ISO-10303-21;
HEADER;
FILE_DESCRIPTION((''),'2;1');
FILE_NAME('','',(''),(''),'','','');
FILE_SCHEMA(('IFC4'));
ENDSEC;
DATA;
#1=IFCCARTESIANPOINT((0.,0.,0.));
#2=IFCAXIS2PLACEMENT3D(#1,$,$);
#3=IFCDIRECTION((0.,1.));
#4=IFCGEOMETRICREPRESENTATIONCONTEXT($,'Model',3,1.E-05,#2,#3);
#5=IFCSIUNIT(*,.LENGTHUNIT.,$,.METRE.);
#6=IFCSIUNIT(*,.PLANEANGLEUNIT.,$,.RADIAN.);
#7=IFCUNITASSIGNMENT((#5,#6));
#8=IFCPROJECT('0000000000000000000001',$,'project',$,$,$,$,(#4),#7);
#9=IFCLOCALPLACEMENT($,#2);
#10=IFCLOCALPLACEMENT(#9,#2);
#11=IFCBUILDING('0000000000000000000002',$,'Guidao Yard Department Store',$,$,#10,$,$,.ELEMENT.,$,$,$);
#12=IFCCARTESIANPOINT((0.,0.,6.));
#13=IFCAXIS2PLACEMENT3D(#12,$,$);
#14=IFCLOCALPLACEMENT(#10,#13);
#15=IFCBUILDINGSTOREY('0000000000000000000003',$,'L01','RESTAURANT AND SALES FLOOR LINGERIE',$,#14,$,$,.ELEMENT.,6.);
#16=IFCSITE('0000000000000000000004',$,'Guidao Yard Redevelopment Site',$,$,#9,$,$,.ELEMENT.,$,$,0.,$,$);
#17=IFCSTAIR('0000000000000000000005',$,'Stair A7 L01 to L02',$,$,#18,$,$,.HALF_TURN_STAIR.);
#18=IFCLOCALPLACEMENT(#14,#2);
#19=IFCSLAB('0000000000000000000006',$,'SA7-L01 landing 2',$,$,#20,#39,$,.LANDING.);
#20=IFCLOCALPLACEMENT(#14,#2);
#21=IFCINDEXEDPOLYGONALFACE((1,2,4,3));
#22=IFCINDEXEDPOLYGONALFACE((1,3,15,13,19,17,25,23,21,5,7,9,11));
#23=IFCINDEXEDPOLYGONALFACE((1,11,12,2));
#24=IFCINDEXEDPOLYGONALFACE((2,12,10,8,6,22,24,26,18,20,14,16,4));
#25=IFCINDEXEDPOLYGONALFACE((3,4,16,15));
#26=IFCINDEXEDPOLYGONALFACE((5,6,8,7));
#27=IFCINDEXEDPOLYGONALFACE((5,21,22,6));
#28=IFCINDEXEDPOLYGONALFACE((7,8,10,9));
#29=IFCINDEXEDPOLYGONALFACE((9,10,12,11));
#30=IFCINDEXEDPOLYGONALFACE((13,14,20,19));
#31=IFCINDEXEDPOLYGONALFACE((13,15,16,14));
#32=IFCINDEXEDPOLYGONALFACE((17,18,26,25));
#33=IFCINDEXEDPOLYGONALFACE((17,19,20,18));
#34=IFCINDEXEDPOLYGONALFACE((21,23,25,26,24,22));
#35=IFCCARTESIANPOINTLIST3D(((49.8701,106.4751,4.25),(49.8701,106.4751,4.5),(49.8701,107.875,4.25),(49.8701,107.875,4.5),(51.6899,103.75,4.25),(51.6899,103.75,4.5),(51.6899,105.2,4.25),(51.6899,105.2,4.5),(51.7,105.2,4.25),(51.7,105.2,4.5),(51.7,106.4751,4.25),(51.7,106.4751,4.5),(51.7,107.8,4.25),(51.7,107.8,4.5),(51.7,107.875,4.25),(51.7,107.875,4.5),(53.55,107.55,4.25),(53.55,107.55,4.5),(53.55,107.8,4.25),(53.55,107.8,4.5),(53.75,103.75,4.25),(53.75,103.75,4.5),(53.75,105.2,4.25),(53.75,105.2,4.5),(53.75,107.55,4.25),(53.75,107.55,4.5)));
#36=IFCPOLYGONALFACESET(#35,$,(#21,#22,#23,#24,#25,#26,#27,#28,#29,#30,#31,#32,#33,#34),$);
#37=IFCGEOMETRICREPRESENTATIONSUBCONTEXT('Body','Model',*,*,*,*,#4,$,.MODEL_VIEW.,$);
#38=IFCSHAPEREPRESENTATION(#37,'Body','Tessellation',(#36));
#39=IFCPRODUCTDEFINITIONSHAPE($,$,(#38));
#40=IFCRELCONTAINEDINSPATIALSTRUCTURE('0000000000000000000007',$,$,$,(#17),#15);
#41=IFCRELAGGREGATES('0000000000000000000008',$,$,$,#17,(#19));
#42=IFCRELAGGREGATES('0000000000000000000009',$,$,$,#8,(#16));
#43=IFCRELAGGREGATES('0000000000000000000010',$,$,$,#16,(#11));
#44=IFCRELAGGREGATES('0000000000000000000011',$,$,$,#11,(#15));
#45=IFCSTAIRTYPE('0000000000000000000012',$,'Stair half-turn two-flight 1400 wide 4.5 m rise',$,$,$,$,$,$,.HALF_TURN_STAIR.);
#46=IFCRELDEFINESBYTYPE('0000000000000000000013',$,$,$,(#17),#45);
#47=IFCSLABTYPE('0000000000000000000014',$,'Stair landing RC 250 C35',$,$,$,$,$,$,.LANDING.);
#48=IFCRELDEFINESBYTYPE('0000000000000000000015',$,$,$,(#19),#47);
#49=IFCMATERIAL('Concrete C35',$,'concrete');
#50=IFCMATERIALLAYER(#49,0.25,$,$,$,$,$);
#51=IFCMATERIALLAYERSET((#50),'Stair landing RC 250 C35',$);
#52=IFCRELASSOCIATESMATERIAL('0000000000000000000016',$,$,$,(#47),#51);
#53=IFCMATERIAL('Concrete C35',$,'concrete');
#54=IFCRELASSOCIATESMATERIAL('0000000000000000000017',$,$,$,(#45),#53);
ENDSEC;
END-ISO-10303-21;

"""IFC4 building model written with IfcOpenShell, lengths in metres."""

from ifc_helpers import new_model, si_unit, direction, frame, origin, place, context, subcontext, project, spatial, polyline, outline, extrude, material, layer, layer_set, type_object, element, aggregate, save


model = new_model("IFC4")

# Units and contexts
model_context = context("Model", 3, precision=1e-05, world=origin(), true_north=direction((0.0, 1.0)))
body_context = subcontext(model_context, "Body", "Model", "MODEL_VIEW")
ifc_project = project(units=[si_unit("LENGTHUNIT", "METRE"), si_unit("PLANEANGLEUNIT", "RADIAN")], contexts=[model_context])

# Site, building, storey
site_placement = place(None, origin())
site = spatial("IfcSite", under=ifc_project, at=site_placement, Name="Guidao Yard Redevelopment Site", CompositionType="ELEMENT", RefElevation=0.0)
building_placement = place(site_placement, origin())
building = spatial("IfcBuilding", under=site, at=building_placement, Name="Guidao Yard Department Store", CompositionType="ELEMENT")
storey_placement = place(building_placement, frame((0.0, 0.0, 6.0)))
storey = spatial("IfcBuildingStorey", under=building, at=storey_placement, Name="L01", Description="RESTAURANT AND SALES FLOOR LINGERIE", CompositionType="ELEMENT", Elevation=6.0)

# Stair, slab
ifc_material_1 = material(Name="Concrete C35", Category="concrete")
ifc_layer_1 = layer(ifc_material_1, 0.25)
ifc_layer_set_1 = layer_set([ifc_layer_1], Name="Stair landing RC 250 C35")
slab_type_1 = type_object("IfcSlabType", Name="Stair landing RC 250 C35", PredefinedType="LANDING", material=ifc_layer_set_1)
ifc_material_2 = material(Name="Concrete C35", Category="concrete")
stair_type_1 = type_object("IfcStairType", Name="Stair half-turn two-flight 1400 wide 4.5 m rise", PredefinedType="HALF_TURN_STAIR", material=ifc_material_2)
stair_1_placement = place(storey_placement, origin())
stair_1 = element("IfcStair", 1, at=stair_1_placement, inside=storey, type_object=stair_type_1, Name="Stair A7 L01 to L02", PredefinedType="HALF_TURN_STAIR")
slab_1_placement = place(storey_placement, frame((0.0, 0.0, 4.25)))
slab_1 = element("IfcSlab", 2, at=slab_1_placement, type_object=slab_type_1, Name="SA7-L01 landing 2", PredefinedType="LANDING", context=body_context, shape_type="SweptSolid", body=[
    extrude(outline(polyline([(51.6899, 105.2), (51.7, 105.2), (51.7, 106.4751), (49.8701, 106.4751), (49.8701, 107.875), (51.7, 107.875), (51.7, 107.8), (53.55, 107.8), (53.55, 107.55), (53.75, 107.55), (53.75, 105.2), (53.75, 103.75), (51.6899, 103.75), (51.6899, 105.2)])), origin(), (0.0, 0.0, 1.0), 0.25),
])
aggregate(stair_1, [slab_1])

save(model, "model.ifc")
